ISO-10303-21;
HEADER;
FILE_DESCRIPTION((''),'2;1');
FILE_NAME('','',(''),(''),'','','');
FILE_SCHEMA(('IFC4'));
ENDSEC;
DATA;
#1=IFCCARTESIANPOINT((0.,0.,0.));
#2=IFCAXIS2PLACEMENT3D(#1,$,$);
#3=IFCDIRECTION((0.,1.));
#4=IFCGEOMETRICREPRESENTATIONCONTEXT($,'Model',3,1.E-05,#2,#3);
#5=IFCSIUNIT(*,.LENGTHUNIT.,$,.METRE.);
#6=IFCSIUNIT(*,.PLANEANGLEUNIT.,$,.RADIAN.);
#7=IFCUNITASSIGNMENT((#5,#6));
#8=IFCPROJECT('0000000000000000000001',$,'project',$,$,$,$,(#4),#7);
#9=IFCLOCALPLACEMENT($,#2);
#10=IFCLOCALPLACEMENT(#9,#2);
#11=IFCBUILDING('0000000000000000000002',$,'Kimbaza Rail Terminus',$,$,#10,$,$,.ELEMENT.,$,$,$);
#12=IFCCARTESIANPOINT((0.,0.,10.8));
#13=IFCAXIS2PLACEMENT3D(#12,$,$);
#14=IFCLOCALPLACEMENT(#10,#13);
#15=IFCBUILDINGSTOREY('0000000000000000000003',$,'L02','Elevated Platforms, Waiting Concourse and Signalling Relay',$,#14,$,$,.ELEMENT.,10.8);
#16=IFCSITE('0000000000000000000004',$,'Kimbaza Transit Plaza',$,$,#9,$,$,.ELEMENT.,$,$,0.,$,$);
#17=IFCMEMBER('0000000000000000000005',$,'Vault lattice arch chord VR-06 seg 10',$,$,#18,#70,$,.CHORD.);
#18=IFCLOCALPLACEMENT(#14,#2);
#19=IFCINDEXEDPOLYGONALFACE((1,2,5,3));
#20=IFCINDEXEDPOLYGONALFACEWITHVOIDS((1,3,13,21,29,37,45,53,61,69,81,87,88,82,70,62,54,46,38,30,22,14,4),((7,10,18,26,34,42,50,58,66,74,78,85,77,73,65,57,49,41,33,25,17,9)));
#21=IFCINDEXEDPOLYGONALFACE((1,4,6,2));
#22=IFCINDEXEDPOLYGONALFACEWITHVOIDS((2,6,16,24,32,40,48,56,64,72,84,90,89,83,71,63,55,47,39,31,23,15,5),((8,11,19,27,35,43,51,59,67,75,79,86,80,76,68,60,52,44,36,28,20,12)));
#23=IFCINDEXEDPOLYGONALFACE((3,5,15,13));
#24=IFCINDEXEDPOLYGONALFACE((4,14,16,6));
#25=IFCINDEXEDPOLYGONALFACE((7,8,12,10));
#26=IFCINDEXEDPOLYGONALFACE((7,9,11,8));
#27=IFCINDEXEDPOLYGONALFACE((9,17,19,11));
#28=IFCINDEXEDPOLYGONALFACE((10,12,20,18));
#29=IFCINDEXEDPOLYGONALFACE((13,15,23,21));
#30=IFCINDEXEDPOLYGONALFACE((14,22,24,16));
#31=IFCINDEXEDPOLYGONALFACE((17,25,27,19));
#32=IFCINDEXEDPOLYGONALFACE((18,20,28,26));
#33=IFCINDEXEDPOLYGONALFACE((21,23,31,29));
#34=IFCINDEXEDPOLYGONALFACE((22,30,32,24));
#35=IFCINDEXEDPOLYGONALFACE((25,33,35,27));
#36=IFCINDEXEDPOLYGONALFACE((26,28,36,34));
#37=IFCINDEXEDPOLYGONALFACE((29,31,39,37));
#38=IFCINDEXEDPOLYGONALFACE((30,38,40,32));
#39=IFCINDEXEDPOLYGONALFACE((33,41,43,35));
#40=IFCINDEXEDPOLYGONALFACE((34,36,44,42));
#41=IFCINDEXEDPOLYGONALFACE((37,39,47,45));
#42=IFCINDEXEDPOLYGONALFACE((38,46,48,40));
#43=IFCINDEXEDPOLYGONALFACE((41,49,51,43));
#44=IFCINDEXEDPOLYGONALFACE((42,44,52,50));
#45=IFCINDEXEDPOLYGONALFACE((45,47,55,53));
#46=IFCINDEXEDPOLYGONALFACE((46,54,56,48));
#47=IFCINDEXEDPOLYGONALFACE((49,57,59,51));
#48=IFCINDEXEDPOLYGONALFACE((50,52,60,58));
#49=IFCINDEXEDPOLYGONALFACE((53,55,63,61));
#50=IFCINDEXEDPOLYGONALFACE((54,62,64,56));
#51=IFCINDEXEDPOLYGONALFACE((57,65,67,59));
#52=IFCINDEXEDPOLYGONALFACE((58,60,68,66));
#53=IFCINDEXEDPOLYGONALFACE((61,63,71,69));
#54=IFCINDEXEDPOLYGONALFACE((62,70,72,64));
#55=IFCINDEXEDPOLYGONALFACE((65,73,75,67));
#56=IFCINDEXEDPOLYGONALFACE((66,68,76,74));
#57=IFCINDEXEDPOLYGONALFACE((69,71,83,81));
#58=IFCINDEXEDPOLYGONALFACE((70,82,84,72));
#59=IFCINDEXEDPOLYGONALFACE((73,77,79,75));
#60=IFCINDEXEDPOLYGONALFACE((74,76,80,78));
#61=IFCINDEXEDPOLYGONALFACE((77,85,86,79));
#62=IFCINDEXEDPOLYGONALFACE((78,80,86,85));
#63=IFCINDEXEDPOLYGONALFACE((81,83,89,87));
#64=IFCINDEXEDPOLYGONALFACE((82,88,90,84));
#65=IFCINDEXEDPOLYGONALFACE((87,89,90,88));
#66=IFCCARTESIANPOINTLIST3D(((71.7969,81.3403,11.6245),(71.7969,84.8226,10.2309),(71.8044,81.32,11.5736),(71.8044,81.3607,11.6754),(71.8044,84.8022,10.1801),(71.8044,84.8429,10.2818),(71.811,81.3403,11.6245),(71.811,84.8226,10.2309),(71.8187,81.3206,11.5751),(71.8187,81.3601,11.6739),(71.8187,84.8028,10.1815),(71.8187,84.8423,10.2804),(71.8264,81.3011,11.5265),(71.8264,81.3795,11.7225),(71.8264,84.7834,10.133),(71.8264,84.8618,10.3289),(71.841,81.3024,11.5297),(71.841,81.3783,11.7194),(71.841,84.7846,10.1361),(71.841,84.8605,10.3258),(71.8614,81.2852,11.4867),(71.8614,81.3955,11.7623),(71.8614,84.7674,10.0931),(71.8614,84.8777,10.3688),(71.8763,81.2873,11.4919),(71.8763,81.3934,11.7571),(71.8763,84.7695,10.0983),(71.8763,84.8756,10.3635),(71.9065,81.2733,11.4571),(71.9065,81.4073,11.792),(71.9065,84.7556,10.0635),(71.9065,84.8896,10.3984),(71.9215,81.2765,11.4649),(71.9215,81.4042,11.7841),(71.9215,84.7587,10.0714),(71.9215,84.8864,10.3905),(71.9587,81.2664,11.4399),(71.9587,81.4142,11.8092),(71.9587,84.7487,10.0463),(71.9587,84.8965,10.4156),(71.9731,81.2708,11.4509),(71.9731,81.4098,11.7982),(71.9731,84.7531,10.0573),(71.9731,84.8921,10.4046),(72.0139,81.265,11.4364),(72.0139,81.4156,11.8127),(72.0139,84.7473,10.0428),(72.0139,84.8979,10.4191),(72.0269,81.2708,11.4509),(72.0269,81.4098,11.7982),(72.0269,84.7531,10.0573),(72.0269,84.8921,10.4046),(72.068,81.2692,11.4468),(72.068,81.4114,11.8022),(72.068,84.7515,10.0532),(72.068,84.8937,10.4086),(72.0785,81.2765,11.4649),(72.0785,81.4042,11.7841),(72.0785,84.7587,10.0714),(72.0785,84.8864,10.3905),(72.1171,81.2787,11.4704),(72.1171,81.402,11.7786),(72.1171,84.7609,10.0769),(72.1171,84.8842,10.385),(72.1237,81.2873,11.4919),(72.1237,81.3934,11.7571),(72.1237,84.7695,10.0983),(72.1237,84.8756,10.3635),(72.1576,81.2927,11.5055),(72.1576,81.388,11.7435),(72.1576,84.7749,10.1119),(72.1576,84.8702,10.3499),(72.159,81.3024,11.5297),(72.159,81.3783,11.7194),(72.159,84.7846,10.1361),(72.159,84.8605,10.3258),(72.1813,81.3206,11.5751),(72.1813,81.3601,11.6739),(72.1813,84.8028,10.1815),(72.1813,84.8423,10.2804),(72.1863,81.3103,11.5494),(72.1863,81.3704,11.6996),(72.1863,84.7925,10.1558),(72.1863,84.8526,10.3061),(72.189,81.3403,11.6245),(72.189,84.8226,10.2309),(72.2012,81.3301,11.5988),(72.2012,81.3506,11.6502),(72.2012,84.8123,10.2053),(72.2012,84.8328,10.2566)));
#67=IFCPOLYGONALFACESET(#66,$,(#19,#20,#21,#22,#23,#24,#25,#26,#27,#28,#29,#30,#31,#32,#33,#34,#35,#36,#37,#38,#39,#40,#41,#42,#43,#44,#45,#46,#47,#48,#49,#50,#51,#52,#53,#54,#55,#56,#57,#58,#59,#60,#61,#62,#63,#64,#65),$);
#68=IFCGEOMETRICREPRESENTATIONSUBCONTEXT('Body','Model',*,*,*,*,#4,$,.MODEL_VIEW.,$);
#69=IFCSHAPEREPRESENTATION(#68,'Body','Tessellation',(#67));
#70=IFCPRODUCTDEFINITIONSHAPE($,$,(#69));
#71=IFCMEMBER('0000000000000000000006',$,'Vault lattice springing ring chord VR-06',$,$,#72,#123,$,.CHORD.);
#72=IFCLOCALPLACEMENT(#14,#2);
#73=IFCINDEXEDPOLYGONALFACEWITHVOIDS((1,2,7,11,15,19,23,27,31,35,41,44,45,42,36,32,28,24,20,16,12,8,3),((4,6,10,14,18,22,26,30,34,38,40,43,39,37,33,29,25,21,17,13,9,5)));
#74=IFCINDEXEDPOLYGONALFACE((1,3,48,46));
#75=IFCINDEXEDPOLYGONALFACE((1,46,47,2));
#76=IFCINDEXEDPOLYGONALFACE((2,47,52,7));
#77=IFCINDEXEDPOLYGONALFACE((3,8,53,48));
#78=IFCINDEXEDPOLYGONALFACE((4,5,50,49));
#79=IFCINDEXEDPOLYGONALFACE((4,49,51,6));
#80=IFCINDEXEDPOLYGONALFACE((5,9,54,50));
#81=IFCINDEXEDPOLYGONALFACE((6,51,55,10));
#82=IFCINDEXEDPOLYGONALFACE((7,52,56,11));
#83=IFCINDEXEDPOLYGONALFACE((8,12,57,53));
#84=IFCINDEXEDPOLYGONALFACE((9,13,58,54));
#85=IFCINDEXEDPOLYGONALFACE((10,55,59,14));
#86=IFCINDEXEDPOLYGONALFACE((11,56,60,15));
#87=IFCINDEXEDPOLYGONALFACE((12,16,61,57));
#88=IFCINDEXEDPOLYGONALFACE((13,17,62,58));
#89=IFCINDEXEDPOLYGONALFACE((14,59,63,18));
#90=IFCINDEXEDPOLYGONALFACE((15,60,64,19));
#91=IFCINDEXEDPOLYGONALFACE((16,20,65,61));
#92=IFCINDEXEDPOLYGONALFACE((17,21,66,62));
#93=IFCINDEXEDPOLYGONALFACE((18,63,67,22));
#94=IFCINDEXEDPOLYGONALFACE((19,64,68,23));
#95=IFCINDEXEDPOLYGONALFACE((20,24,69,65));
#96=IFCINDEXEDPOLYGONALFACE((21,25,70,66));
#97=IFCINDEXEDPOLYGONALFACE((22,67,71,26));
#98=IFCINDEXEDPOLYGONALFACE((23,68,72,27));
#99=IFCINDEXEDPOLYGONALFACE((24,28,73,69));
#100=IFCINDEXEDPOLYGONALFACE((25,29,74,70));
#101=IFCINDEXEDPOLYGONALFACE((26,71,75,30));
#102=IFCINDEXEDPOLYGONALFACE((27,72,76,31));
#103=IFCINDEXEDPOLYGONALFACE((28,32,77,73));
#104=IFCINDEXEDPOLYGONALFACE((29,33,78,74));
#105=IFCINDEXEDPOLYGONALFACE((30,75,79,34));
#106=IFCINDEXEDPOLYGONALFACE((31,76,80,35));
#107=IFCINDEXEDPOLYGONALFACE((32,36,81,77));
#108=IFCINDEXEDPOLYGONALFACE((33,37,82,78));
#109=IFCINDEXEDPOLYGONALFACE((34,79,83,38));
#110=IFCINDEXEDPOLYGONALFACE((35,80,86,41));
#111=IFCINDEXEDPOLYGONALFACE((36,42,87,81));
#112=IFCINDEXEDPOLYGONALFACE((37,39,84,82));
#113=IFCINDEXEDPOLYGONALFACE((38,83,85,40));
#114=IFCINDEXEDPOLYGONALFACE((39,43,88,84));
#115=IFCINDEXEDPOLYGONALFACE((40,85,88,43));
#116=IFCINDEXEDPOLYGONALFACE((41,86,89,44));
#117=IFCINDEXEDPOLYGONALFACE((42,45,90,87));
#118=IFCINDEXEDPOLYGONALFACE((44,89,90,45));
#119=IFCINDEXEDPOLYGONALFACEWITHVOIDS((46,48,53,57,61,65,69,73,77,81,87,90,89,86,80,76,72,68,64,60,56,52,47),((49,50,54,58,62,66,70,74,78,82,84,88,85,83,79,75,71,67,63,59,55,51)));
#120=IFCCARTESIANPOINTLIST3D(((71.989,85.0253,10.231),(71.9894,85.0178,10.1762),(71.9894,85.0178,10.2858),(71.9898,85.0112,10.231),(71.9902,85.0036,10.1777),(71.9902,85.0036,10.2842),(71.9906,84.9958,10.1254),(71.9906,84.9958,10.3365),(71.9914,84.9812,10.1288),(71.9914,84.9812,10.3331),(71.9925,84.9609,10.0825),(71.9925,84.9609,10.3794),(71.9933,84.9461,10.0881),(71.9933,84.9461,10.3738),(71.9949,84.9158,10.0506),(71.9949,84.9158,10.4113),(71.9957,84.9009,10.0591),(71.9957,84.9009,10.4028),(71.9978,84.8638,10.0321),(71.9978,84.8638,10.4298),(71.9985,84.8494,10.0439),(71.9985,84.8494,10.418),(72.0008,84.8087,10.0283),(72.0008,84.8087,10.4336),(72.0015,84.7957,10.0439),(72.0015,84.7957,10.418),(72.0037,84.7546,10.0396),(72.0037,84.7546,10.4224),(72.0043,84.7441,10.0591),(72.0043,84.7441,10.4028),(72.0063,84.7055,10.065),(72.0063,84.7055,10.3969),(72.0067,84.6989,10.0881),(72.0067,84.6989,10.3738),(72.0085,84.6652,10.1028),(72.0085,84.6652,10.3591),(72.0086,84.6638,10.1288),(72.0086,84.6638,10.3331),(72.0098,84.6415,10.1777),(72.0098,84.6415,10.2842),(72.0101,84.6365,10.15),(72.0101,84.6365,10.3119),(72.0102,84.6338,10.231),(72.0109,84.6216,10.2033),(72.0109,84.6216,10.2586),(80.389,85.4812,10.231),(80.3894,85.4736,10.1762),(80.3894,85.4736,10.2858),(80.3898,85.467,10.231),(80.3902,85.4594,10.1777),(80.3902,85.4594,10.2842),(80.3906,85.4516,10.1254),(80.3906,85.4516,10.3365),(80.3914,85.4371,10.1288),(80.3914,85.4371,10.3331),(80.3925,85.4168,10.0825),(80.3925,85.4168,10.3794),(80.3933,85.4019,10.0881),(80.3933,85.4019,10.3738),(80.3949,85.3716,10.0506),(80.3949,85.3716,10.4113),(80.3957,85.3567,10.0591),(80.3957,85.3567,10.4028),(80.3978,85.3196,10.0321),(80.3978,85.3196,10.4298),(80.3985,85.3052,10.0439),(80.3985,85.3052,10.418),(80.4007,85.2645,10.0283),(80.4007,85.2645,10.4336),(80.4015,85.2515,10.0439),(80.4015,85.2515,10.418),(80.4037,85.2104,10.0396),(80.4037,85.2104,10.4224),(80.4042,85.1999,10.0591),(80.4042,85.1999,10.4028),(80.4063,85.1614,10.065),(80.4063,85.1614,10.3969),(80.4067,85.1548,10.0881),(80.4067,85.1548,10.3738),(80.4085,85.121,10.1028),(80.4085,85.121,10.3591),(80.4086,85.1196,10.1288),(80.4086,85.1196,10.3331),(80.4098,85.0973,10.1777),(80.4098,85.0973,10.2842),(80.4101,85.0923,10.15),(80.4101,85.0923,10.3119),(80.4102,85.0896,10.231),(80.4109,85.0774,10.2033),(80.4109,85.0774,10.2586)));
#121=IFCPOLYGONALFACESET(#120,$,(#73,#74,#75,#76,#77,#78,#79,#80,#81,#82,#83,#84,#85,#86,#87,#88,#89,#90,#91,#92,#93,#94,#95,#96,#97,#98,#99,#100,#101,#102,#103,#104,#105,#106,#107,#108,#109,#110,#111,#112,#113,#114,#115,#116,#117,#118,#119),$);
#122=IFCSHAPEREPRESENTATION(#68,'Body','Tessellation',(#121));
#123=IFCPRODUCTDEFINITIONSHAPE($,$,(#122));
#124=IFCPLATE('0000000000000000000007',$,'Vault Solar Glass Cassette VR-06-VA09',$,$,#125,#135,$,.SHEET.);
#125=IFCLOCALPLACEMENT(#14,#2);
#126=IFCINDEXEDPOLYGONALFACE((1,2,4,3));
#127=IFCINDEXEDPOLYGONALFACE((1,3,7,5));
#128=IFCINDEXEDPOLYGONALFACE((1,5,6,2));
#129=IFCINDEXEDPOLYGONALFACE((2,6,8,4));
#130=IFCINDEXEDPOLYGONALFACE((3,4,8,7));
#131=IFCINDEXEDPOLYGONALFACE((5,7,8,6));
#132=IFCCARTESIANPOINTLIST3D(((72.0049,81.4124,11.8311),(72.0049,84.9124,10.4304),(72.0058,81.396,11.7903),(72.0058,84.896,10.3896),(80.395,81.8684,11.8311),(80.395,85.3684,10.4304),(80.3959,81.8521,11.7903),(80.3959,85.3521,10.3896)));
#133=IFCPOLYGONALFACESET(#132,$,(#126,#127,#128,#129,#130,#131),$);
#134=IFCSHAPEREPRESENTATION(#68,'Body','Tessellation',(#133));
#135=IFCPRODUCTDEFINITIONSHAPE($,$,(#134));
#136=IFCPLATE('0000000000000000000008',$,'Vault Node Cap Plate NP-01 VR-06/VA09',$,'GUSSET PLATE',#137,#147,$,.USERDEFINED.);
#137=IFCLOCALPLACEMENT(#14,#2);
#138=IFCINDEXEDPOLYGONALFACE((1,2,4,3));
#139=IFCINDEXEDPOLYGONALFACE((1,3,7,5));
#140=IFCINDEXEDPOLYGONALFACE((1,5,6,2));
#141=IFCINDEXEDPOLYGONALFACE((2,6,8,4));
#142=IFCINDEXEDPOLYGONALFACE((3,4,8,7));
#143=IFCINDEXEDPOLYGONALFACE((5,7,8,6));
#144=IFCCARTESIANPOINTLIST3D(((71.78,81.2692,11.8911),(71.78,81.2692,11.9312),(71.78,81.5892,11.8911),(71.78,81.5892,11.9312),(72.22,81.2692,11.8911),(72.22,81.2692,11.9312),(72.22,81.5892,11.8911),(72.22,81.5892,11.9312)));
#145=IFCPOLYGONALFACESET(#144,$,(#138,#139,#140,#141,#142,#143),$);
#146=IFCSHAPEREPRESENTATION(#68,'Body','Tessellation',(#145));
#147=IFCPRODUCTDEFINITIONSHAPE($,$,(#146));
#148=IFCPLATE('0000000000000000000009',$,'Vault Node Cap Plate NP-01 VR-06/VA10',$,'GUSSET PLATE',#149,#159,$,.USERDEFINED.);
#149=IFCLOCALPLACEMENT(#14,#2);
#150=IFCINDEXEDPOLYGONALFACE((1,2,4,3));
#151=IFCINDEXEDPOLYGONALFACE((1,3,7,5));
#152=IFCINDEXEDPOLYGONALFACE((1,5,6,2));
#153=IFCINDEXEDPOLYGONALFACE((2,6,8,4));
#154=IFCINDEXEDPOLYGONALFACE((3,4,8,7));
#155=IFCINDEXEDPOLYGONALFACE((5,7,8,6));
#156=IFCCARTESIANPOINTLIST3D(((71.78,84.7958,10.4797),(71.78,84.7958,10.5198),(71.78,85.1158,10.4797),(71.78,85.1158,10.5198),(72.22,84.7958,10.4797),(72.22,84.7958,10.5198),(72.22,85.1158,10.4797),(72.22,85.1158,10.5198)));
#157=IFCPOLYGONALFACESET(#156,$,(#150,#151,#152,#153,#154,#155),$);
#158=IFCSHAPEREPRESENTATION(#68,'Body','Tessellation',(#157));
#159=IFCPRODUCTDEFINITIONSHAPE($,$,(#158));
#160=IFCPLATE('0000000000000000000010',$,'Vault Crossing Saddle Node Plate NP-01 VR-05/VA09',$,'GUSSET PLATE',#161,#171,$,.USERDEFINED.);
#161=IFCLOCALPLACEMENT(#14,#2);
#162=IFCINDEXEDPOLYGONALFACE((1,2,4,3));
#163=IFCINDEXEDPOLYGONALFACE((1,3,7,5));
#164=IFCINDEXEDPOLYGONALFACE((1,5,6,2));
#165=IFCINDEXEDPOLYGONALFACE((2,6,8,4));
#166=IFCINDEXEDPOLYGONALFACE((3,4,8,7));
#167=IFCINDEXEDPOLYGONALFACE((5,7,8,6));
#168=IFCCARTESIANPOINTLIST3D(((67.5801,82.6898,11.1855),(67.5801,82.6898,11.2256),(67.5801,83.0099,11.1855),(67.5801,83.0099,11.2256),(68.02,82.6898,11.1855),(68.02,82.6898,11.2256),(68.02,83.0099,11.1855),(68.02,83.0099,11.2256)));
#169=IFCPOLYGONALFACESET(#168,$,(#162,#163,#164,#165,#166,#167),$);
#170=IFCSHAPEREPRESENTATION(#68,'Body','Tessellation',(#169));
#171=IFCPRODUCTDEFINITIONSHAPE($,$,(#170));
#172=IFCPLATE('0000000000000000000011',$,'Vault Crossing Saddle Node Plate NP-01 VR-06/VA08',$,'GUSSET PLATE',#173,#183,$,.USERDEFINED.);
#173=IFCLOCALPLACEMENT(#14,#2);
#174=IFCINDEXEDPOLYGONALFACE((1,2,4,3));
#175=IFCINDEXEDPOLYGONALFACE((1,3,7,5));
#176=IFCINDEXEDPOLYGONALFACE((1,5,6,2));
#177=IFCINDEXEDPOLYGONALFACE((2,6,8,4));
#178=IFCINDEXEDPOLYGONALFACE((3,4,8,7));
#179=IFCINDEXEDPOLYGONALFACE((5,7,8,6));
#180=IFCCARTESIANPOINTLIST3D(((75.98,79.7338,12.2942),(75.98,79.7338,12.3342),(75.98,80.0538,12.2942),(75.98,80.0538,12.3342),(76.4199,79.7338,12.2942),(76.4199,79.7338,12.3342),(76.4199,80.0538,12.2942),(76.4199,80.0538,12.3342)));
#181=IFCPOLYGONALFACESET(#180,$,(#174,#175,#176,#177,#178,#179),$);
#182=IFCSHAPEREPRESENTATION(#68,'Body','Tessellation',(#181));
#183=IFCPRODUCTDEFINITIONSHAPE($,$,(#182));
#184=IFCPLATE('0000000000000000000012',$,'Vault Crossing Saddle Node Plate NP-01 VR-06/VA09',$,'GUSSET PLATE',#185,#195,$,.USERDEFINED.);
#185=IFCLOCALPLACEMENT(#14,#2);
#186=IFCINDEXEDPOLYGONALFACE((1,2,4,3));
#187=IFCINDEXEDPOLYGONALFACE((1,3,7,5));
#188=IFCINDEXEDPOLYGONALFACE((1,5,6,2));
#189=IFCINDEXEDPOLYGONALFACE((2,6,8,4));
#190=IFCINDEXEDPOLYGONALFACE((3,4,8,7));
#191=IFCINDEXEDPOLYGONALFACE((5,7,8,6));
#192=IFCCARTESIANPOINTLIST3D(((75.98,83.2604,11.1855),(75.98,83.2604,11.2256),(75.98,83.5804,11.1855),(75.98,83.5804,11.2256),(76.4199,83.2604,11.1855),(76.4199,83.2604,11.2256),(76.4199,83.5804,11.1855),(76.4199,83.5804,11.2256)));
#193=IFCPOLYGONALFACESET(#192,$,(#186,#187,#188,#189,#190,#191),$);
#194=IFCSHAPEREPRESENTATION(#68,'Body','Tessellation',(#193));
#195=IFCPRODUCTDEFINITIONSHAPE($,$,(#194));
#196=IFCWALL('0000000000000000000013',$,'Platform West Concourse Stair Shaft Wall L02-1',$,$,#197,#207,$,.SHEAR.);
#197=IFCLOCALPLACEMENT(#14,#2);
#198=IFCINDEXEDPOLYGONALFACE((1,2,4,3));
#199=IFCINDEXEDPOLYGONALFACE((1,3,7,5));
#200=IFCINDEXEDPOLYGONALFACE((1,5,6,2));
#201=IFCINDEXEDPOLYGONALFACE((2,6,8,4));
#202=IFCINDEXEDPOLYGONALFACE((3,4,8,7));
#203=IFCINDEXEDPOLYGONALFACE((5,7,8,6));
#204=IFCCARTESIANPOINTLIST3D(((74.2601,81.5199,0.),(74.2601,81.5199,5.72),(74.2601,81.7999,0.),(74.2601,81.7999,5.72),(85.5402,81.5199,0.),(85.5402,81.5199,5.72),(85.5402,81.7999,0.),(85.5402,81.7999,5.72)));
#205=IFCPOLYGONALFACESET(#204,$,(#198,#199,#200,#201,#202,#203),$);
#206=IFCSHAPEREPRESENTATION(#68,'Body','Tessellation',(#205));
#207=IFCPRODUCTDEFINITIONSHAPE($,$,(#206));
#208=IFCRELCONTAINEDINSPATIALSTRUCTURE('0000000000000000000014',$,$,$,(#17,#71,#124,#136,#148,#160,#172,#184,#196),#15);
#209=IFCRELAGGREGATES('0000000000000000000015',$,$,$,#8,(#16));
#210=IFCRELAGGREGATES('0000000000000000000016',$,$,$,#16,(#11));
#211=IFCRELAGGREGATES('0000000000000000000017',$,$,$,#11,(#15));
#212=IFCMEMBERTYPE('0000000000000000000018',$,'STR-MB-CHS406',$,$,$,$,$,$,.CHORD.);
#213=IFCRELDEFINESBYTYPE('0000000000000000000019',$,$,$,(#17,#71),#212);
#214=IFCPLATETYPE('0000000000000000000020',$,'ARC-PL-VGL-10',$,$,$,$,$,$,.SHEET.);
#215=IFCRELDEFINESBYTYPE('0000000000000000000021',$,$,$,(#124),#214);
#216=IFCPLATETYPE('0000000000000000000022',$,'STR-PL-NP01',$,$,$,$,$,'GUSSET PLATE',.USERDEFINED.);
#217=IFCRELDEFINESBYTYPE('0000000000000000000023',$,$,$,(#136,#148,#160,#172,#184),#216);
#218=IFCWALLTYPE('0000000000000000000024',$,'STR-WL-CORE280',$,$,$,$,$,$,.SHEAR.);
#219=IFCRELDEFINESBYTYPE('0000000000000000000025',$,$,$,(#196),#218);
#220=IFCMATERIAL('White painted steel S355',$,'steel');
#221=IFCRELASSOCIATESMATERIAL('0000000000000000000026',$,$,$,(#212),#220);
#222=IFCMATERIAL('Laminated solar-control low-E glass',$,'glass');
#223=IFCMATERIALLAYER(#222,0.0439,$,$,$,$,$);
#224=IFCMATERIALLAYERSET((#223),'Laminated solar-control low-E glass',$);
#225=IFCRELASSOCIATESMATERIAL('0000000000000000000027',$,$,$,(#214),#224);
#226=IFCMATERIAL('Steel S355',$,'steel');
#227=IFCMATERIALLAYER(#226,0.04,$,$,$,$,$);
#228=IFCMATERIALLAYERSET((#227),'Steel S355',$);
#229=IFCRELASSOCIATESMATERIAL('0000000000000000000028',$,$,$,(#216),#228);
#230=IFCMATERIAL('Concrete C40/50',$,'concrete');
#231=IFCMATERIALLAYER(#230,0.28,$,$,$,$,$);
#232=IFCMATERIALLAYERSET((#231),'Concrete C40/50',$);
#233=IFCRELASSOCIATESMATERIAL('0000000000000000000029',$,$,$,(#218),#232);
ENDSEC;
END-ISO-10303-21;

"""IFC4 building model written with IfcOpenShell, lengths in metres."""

from ifc_helpers import new_model, si_unit, direction, frame, frame_2d, origin, origin_2d, place, context, subcontext, project, spatial, polyline, rectangle, hollow_circle, outline, extrude, material, layer, layer_set, material_profile, profile_set, type_object, element, save


model = new_model("IFC4")

# Units and contexts
model_context = context("Model", 3, precision=1e-05, world=origin(), true_north=direction((0.0, 1.0)))
body_context = subcontext(model_context, "Body", "Model", "MODEL_VIEW")
ifc_project = project(units=[si_unit("LENGTHUNIT", "METRE"), si_unit("PLANEANGLEUNIT", "RADIAN")], contexts=[model_context])

# Site, building, storey
site_placement = place(None, origin())
site = spatial("IfcSite", under=ifc_project, at=site_placement, Name="Kimbaza Transit Plaza", CompositionType="ELEMENT", RefElevation=0.0)
building_placement = place(site_placement, origin())
building = spatial("IfcBuilding", under=site, at=building_placement, Name="Kimbaza Rail Terminus", CompositionType="ELEMENT")
storey_placement = place(building_placement, frame((0.0, 0.0, 10.8)))
storey = spatial("IfcBuildingStorey", under=building, at=storey_placement, Name="L02", Description="Elevated Platforms, Waiting Concourse and Signalling Relay", CompositionType="ELEMENT", Elevation=10.8)

# Members
ifc_material_1 = material(Name="White painted steel S355", Category="steel")
ifc_material_profile_1 = material_profile(ifc_material_1, hollow_circle(Radius=0.2031, WallThickness=0.0142, at=origin_2d()), Name="CHS 406.4x14.2")
ifc_profile_set_1 = profile_set([ifc_material_profile_1], Name="White painted steel S355")
member_type_1 = type_object("IfcMemberType", Name="STR-MB-CHS406", PredefinedType="CHORD", material=ifc_profile_set_1)
member_1_placement = place(storey_placement, frame((72.0, 81.3403, 11.6245), z_axis=(0.0, 0.928414, -0.371548), x_axis=(-1.0, 0.0, 0.0)))
element("IfcMember", 1, at=member_1_placement, inside=storey, type_object=member_type_1, Name="Vault lattice arch chord VR-06 seg 10", PredefinedType="CHORD", context=body_context, shape_type="SweptSolid", body=[
    extrude(hollow_circle(Radius=0.2031, WallThickness=0.0142, at=origin_2d()), origin(), (0.0, 0.0, 1.0), 3.7507),
])
member_2_placement = place(storey_placement, frame((72.0, 84.8225, 10.231), z_axis=(0.998531, 0.054184, 0.0), x_axis=(-0.054184, 0.998531, 0.0)))
element("IfcMember", 2, at=member_2_placement, inside=storey, type_object=member_type_1, Name="Vault lattice springing ring chord VR-06", PredefinedType="CHORD", context=body_context, shape_type="SweptSolid", body=[
    extrude(hollow_circle(Radius=0.2031, WallThickness=0.0142, at=origin_2d()), origin(), (0.0, 0.0, 1.0), 8.4124),
])

# Plates
ifc_material_2 = material(Name="Laminated solar-control low-E glass", Category="glass")
ifc_layer_1 = layer(ifc_material_2, 0.0439)
ifc_layer_set_1 = layer_set([ifc_layer_1], Name="Laminated solar-control low-E glass")
plate_type_1 = type_object("IfcPlateType", Name="ARC-PL-VGL-10", PredefinedType="SHEET", material=ifc_layer_set_1)
plate_placement = place(storey_placement, frame((72.0049, 81.4124, 11.8311), z_axis=(-0.020191, 0.37146, 0.928229), x_axis=(0.998526, 0.054276, 0.0)))
element("IfcPlate", 3, at=plate_placement, inside=storey, type_object=plate_type_1, Name="Vault Solar Glass Cassette VR-06-VA09", PredefinedType="SHEET", context=body_context, shape_type="SweptSolid", body=[
    extrude(outline(polyline([(0.0, 0.0), (8.4025, 0.0), (8.5925, 3.7651), (0.19, 3.7651), (0.0, 0.0)])), origin(), (0.0, 0.0, -1.0), 0.0439),
])
ifc_material_3 = material(Name="Steel S355", Category="steel")
ifc_layer_2 = layer(ifc_material_3, 0.04)
ifc_layer_set_2 = layer_set([ifc_layer_2], Name="Steel S355")
plate_type_2 = type_object("IfcPlateType", Name="STR-PL-NP01", ElementType="GUSSET PLATE", PredefinedType="USERDEFINED", material=ifc_layer_set_2)
for number, where, z_axis, x_axis, name in (
    (4, (72.0, 81.4292, 11.8911), (0.0, 0.0, 1.0), (1.0, 0.0, 0.0), "Vault Node Cap Plate NP-01 VR-06/VA09"),
    (5, (72.0, 84.9558, 10.4797), (0.0, 0.0, 1.0), (1.0, 0.0, 0.0), "Vault Node Cap Plate NP-01 VR-06/VA10"),
    (6, (67.8, 82.8499, 11.1855), (0.0, 0.0, 1.0), (1.0, 0.0, 0.0), "Vault Crossing Saddle Node Plate NP-01 VR-05/VA09"),
    (7, (76.2, 79.8938, 12.2942), (0.0, 0.0, 1.0), (1.0, 0.0, 0.0), "Vault Crossing Saddle Node Plate NP-01 VR-06/VA08"),
    (8, (76.2, 83.4204, 11.1855), (0.0, 0.0, 1.0), (1.0, 0.0, 0.0), "Vault Crossing Saddle Node Plate NP-01 VR-06/VA09"),
):
    element("IfcPlate", number, at=place(storey_placement, frame(where, z_axis=z_axis, x_axis=x_axis)), inside=storey, type_object=plate_type_2, Name=name, ObjectType="GUSSET PLATE", PredefinedType="USERDEFINED", context=body_context, shape_type="SweptSolid", body=[
        extrude(rectangle(XDim=0.4399, YDim=0.3201, at=origin_2d()), origin(), (0.0, 0.0, 1.0), 0.04),
    ])

# Wall
ifc_material_4 = material(Name="Concrete C40/50", Category="concrete")
ifc_layer_3 = layer(ifc_material_4, 0.28)
ifc_layer_set_3 = layer_set([ifc_layer_3], Name="Concrete C40/50")
wall_type = type_object("IfcWallType", Name="STR-WL-CORE280", PredefinedType="SHEAR", material=ifc_layer_set_3)
wall_1_placement = place(storey_placement, frame((74.26, 81.6599, 0.0), z_axis=(0.0, 0.0, 1.0), x_axis=(1.0, 0.0, 0.0)))
element("IfcWall", 9, at=wall_1_placement, inside=storey, type_object=wall_type, Name="Platform West Concourse Stair Shaft Wall L02-1", PredefinedType="SHEAR", context=body_context, shape_type="SweptSolid", body=[
    extrude(rectangle(XDim=11.28, YDim=0.28, at=frame_2d((5.6401, 0.0))), origin(), (0.0, 0.0, 1.0), 5.72),
])

save(model, "model.ifc")
